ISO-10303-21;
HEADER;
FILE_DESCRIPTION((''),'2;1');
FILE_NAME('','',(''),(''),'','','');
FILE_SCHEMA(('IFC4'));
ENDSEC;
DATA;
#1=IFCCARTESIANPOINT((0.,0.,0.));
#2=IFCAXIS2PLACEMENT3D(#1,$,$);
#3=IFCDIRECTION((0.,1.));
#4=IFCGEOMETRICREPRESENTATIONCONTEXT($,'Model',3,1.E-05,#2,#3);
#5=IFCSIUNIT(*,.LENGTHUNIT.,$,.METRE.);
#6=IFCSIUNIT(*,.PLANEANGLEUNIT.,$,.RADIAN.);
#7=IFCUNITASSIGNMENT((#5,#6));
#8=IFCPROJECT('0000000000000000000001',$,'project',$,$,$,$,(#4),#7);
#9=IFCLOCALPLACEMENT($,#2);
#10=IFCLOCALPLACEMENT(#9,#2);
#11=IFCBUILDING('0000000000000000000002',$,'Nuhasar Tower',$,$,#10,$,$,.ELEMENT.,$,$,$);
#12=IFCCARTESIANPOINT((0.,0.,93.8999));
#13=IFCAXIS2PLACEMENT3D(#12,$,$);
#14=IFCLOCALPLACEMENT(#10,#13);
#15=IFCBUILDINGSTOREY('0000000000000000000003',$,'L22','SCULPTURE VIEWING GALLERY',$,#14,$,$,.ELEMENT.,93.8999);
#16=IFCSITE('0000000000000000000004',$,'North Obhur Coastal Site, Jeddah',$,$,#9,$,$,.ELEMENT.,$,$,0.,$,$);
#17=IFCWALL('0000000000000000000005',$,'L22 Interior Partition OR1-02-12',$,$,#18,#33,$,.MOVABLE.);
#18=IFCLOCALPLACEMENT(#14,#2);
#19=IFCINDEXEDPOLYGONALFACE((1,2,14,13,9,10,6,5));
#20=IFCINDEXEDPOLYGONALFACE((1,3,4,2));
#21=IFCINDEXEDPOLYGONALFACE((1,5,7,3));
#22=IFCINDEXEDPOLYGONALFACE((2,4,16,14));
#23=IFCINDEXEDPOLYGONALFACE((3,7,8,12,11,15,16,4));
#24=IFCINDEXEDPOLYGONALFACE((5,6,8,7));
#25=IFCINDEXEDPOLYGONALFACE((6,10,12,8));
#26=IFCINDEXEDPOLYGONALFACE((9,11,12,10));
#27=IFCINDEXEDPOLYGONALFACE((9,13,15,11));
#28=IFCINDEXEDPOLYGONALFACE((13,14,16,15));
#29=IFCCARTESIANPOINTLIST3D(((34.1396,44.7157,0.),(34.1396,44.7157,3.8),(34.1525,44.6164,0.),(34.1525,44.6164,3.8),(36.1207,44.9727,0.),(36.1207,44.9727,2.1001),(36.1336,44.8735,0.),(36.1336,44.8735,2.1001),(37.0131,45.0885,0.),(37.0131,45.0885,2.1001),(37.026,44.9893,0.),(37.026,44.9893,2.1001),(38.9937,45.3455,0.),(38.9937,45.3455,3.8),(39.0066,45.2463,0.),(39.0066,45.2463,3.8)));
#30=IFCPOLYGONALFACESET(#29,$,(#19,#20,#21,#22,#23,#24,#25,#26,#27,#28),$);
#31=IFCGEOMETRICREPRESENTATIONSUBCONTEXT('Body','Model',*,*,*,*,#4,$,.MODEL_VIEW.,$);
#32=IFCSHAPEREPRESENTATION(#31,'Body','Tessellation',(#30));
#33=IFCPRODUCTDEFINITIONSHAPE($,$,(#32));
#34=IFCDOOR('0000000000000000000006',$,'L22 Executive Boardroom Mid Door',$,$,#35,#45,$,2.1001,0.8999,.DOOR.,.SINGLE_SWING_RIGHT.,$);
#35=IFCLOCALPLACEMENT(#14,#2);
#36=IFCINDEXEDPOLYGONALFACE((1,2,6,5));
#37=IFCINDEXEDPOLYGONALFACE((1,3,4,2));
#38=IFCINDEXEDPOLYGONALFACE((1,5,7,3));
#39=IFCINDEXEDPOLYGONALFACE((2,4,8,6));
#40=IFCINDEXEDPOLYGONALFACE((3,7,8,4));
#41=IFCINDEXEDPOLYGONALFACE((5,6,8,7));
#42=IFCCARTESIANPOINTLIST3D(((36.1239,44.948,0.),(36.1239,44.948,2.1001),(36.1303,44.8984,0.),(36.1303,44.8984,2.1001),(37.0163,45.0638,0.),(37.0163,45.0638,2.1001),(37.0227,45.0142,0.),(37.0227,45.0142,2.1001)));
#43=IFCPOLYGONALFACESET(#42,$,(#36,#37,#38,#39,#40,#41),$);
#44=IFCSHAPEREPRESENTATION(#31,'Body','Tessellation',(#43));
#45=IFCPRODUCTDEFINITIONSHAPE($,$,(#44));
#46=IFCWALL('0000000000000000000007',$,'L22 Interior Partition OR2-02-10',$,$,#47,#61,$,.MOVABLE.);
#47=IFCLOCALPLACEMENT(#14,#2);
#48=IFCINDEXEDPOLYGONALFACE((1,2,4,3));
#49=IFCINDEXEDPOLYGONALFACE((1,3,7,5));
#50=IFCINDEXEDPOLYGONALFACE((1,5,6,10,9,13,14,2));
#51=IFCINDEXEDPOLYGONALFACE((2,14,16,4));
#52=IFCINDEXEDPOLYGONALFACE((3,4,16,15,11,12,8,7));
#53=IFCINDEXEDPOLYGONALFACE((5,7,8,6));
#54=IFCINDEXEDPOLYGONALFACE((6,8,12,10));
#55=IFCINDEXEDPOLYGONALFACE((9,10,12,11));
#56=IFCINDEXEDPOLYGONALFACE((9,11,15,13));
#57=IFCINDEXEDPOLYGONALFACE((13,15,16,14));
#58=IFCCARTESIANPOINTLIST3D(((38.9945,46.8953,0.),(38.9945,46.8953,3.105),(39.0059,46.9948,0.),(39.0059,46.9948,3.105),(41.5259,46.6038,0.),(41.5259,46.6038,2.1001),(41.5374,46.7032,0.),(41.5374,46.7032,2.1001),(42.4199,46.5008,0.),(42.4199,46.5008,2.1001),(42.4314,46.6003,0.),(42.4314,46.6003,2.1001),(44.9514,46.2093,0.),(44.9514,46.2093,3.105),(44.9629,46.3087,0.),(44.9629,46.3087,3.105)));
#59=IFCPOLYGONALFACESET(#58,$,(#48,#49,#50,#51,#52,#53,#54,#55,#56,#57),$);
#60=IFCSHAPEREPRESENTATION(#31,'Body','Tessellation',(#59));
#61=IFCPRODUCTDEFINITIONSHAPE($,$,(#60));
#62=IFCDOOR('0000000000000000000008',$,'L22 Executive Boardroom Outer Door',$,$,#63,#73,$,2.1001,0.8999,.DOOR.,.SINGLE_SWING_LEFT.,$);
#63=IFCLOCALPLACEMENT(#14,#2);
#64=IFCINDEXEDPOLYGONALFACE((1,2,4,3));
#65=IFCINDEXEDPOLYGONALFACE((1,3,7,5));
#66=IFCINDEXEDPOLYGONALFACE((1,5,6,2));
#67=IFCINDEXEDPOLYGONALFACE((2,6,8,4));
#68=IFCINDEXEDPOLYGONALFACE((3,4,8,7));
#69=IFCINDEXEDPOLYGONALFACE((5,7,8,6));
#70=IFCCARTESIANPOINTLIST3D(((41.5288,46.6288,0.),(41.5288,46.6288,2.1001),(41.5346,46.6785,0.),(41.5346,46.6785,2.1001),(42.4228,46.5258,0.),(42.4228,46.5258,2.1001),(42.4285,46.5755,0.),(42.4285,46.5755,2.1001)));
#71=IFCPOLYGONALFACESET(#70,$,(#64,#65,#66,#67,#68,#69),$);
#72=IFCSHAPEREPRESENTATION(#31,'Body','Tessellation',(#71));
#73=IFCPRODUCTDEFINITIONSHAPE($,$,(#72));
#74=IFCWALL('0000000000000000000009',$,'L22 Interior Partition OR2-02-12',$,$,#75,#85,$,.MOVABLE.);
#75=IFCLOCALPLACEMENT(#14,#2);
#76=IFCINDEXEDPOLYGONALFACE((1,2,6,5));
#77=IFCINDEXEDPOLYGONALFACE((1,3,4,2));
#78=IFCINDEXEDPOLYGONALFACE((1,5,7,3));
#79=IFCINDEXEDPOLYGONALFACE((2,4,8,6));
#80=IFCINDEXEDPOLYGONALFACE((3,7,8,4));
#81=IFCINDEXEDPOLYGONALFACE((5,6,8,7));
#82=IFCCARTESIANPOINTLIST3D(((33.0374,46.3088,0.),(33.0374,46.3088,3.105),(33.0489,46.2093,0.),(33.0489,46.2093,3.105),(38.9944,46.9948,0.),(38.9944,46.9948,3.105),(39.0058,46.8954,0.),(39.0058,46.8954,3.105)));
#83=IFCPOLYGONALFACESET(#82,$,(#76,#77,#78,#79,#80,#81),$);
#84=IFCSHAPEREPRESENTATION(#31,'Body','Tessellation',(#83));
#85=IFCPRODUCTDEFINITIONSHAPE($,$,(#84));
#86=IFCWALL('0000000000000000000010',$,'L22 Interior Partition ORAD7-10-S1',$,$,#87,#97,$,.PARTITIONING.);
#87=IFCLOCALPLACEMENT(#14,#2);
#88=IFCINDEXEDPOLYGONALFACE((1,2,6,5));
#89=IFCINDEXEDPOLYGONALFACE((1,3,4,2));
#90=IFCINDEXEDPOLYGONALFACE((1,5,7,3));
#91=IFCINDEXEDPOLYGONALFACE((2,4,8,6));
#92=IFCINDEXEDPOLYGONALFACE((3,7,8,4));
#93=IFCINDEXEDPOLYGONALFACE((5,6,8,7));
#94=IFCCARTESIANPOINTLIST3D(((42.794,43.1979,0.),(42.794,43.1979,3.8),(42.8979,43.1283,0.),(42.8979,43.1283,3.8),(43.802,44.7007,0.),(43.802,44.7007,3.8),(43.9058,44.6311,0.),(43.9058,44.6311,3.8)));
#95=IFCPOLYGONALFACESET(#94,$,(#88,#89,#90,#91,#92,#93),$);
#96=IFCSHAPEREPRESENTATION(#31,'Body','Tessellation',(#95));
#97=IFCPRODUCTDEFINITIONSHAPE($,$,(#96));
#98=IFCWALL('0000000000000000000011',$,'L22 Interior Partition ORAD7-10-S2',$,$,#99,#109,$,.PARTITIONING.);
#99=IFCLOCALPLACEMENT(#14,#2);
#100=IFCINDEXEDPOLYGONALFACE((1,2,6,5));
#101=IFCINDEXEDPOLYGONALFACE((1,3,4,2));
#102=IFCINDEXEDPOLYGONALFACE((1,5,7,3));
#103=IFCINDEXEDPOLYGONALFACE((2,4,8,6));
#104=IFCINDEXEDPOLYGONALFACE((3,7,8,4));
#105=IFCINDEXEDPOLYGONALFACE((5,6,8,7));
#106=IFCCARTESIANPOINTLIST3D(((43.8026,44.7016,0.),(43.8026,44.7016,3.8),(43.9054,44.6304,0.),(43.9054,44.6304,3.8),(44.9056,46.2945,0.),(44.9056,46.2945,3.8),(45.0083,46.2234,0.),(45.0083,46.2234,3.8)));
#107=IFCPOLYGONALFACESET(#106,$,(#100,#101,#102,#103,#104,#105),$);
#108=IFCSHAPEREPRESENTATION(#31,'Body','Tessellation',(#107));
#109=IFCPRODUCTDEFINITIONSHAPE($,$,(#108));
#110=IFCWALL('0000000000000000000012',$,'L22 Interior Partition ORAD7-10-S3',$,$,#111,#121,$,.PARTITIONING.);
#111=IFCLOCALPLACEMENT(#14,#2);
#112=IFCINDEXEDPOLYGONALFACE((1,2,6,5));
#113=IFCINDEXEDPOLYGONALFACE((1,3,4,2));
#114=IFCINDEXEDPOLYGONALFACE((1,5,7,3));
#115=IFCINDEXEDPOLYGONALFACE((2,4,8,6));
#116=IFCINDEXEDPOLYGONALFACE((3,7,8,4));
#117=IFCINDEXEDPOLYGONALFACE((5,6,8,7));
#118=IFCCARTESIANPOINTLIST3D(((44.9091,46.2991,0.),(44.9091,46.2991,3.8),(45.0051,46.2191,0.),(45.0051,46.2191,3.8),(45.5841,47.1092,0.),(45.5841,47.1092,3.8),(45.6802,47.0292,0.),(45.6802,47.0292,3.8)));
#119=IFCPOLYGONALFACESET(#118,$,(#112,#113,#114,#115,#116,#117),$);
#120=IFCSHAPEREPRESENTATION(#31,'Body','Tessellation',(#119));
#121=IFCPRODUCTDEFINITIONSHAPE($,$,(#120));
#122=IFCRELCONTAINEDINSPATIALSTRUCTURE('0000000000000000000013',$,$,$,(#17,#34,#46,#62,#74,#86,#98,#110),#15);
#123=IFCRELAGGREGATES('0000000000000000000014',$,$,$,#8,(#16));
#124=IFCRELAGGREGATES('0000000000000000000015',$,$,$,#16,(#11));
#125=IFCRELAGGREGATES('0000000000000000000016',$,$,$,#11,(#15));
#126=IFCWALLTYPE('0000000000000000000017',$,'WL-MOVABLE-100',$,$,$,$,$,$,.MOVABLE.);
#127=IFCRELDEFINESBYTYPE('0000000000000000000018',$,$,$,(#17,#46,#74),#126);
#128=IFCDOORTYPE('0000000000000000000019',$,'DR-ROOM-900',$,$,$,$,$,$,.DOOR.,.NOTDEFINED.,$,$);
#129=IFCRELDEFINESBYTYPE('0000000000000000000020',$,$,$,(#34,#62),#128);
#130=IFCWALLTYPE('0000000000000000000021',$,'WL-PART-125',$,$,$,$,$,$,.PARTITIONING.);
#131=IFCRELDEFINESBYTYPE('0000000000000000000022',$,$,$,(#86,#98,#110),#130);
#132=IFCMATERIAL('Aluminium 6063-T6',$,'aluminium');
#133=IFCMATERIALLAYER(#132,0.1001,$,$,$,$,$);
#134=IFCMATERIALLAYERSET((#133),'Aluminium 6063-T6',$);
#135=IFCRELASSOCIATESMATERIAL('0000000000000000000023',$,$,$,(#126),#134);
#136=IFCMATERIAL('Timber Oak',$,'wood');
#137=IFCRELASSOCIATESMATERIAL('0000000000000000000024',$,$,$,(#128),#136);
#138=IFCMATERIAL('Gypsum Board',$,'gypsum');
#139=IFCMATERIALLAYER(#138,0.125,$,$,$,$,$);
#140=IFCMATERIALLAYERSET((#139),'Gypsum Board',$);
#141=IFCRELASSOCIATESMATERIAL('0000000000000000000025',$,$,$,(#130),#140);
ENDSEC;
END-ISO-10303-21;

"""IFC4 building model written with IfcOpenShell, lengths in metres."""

from ifc_helpers import new_model, si_unit, direction, frame, frame_2d, origin, place, context, subcontext, project, spatial, rectangle, extrude, material, layer, layer_set, type_object, element, fill, save


model = new_model("IFC4")

# Units and contexts
model_context = context("Model", 3, precision=1e-05, world=origin(), true_north=direction((0.0, 1.0)))
body_context = subcontext(model_context, "Body", "Model", "MODEL_VIEW")
ifc_project = project(units=[si_unit("LENGTHUNIT", "METRE"), si_unit("PLANEANGLEUNIT", "RADIAN")], contexts=[model_context])

# Site, building, storey
site_placement = place(None, origin())
site = spatial("IfcSite", under=ifc_project, at=site_placement, Name="North Obhur Coastal Site, Jeddah", CompositionType="ELEMENT", RefElevation=0.0)
building_placement = place(site_placement, origin())
building = spatial("IfcBuilding", under=site, at=building_placement, Name="Nuhasar Tower", CompositionType="ELEMENT")
storey_placement = place(building_placement, frame((0.0, 0.0, 93.8999)))
storey = spatial("IfcBuildingStorey", under=building, at=storey_placement, Name="L22", Description="SCULPTURE VIEWING GALLERY", CompositionType="ELEMENT", Elevation=93.8999)

# Shared definitions
ifc_material_1 = material(Name="Aluminium 6063-T6", Category="aluminium")

# Shared definitions
ifc_material_2 = material(Name="Gypsum Board", Category="gypsum")

# Shared definitions
ifc_material_3 = material(Name="Timber Oak", Category="wood")

# Shared definitions
ifc_layer_1 = layer(ifc_material_1, 0.1001)
ifc_layer_set_1 = layer_set([ifc_layer_1], Name="Aluminium 6063-T6")
wall_type_1 = type_object("IfcWallType", Name="WL-MOVABLE-100", PredefinedType="MOVABLE", material=ifc_layer_set_1)

# Walls, openings, doors
wall_1_placement = place(storey_placement, frame((39.0, 45.2959, 0.0), z_axis=(0.0, 0.0, 1.0), x_axis=(-0.991685, -0.128687, 0.0)))
wall_1 = element("IfcWall", 1, at=wall_1_placement, inside=storey, type_object=wall_type_1, Name="L22 Interior Partition OR1-02-12", PredefinedType="MOVABLE", context=body_context, shape_type="SweptSolid", body=[
    extrude(rectangle(XDim=4.8948, YDim=0.1001, at=frame_2d((2.4473, 0.0))), origin(), (0.0, 0.0, 1.0), 3.8),
])
opening_1_placement = place(wall_1_placement, frame((1.9971, 0.0, 0.0)))
opening_1 = element("IfcOpeningElement", 2, at=opening_1_placement, cuts=wall_1, PredefinedType="OPENING", context=body_context, shape_type="SweptSolid", body=[
    extrude(rectangle(XDim=0.8999, YDim=2.1001, at=frame_2d((0.45, 1.05))), frame((0.0, 0.0601, 0.0), z_axis=(0.0, -1.0, 0.0), x_axis=(1.0, 0.0, 0.0)), (0.0, 0.0, 1.0), 0.1201),
])
door_type_1 = type_object("IfcDoorType", Name="DR-ROOM-900", OperationType="NOTDEFINED", PredefinedType="DOOR", material=ifc_material_3)
door_1_placement = place(opening_1_placement, origin())
door_1 = element("IfcDoor", 3, at=door_1_placement, inside=storey, type_object=door_type_1, Name="L22 Executive Boardroom Mid Door", OperationType="SINGLE_SWING_RIGHT", OverallHeight=2.1001, OverallWidth=0.8999, PredefinedType="DOOR", context=body_context, shape_type="SweptSolid", body=[
    extrude(rectangle(XDim=0.8999, YDim=2.1001, at=frame_2d((0.45, 1.05))), frame((0.0, 0.0249, 0.0), z_axis=(0.0, -1.0, 0.0), x_axis=(1.0, 0.0, 0.0)), (0.0, 0.0, 1.0), 0.05),
])
fill(opening_1, door_1)
wall_2_placement = place(storey_placement, frame((44.957, 46.259, 0.0), z_axis=(0.0, 0.0, 1.0), x_axis=(-0.993434, 0.114408, 0.0)))
wall_2 = element("IfcWall", 4, at=wall_2_placement, inside=storey, type_object=wall_type_1, Name="L22 Interior Partition OR2-02-10", PredefinedType="MOVABLE", context=body_context, shape_type="SweptSolid", body=[
    extrude(rectangle(XDim=5.9963, YDim=0.1001, at=frame_2d((2.998, 0.0))), origin(), (0.0, 0.0, 1.0), 3.105),
])
opening_2_placement = place(wall_2_placement, frame((2.5481, 0.0, 0.0)))
opening_2 = element("IfcOpeningElement", 5, at=opening_2_placement, cuts=wall_2, PredefinedType="OPENING", context=body_context, shape_type="SweptSolid", body=[
    extrude(rectangle(XDim=0.8999, YDim=2.1001, at=frame_2d((0.45, 1.05))), frame((0.0, 0.0601, 0.0), z_axis=(0.0, -1.0, 0.0), x_axis=(1.0, 0.0, 0.0)), (0.0, 0.0, 1.0), 0.1201),
])
door_2_placement = place(opening_2_placement, origin())
door_2 = element("IfcDoor", 6, at=door_2_placement, inside=storey, type_object=door_type_1, Name="L22 Executive Boardroom Outer Door", OperationType="SINGLE_SWING_LEFT", OverallHeight=2.1001, OverallWidth=0.8999, PredefinedType="DOOR", context=body_context, shape_type="SweptSolid", body=[
    extrude(rectangle(XDim=0.8999, YDim=2.1001, at=frame_2d((0.45, 1.05))), frame((0.0, 0.0249, 0.0), z_axis=(0.0, -1.0, 0.0), x_axis=(1.0, 0.0, 0.0)), (0.0, 0.0, 1.0), 0.05),
])
fill(opening_2, door_2)

# Walls
wall_3_placement = place(storey_placement, frame((39.0, 46.9451, 0.0), z_axis=(0.0, 0.0, 1.0), x_axis=(-0.993434, -0.114408, 0.0)))
element("IfcWall", 7, at=wall_3_placement, inside=storey, type_object=wall_type_1, Name="L22 Interior Partition OR2-02-12", PredefinedType="MOVABLE", context=body_context, shape_type="SweptSolid", body=[
    extrude(rectangle(XDim=5.9963, YDim=0.1001, at=frame_2d((2.998, 0.0))), origin(), (0.0, 0.0, 1.0), 3.105),
])
ifc_layer_2 = layer(ifc_material_2, 0.125)
ifc_layer_set_2 = layer_set([ifc_layer_2], Name="Gypsum Board")
wall_type_2 = type_object("IfcWallType", Name="WL-PART-125", PredefinedType="PARTITIONING", material=ifc_layer_set_2)
wall_4_placement = place(storey_placement, frame((42.8459, 43.1631, 0.0), z_axis=(0.0, 0.0, 1.0), x_axis=(0.557033, 0.83049, 0.0)))
element("IfcWall", 8, at=wall_4_placement, inside=storey, type_object=wall_type_2, Name="L22 Interior Partition ORAD7-10-S1", PredefinedType="PARTITIONING", context=body_context, shape_type="SweptSolid", body=[
    extrude(rectangle(XDim=1.8096, YDim=0.125, at=frame_2d((0.9048, 0.0))), origin(), (0.0, 0.0, 1.0), 3.8),
])
wall_5_placement = place(storey_placement, frame((43.854, 44.666, 0.0), z_axis=(0.0, 0.0, 1.0), x_axis=(0.569269, 0.822151, 0.0)))
element("IfcWall", 9, at=wall_5_placement, inside=storey, type_object=wall_type_2, Name="L22 Interior Partition ORAD7-10-S2", PredefinedType="PARTITIONING", context=body_context, shape_type="SweptSolid", body=[
    extrude(rectangle(XDim=1.9375, YDim=0.125, at=frame_2d((0.9688, 0.0))), origin(), (0.0, 0.0, 1.0), 3.8),
])
wall_6_placement = place(storey_placement, frame((44.957, 46.259, 0.0), z_axis=(0.0, 0.0, 1.0), x_axis=(0.640184, 0.768221, 0.0)))
element("IfcWall", 10, at=wall_6_placement, inside=storey, type_object=wall_type_2, Name="L22 Interior Partition ORAD7-10-S3", PredefinedType="PARTITIONING", context=body_context, shape_type="SweptSolid", body=[
    extrude(rectangle(XDim=1.0544, YDim=0.125, at=frame_2d((0.5273, 0.0))), origin(), (0.0, 0.0, 1.0), 3.8),
])

save(model, "model.ifc")
